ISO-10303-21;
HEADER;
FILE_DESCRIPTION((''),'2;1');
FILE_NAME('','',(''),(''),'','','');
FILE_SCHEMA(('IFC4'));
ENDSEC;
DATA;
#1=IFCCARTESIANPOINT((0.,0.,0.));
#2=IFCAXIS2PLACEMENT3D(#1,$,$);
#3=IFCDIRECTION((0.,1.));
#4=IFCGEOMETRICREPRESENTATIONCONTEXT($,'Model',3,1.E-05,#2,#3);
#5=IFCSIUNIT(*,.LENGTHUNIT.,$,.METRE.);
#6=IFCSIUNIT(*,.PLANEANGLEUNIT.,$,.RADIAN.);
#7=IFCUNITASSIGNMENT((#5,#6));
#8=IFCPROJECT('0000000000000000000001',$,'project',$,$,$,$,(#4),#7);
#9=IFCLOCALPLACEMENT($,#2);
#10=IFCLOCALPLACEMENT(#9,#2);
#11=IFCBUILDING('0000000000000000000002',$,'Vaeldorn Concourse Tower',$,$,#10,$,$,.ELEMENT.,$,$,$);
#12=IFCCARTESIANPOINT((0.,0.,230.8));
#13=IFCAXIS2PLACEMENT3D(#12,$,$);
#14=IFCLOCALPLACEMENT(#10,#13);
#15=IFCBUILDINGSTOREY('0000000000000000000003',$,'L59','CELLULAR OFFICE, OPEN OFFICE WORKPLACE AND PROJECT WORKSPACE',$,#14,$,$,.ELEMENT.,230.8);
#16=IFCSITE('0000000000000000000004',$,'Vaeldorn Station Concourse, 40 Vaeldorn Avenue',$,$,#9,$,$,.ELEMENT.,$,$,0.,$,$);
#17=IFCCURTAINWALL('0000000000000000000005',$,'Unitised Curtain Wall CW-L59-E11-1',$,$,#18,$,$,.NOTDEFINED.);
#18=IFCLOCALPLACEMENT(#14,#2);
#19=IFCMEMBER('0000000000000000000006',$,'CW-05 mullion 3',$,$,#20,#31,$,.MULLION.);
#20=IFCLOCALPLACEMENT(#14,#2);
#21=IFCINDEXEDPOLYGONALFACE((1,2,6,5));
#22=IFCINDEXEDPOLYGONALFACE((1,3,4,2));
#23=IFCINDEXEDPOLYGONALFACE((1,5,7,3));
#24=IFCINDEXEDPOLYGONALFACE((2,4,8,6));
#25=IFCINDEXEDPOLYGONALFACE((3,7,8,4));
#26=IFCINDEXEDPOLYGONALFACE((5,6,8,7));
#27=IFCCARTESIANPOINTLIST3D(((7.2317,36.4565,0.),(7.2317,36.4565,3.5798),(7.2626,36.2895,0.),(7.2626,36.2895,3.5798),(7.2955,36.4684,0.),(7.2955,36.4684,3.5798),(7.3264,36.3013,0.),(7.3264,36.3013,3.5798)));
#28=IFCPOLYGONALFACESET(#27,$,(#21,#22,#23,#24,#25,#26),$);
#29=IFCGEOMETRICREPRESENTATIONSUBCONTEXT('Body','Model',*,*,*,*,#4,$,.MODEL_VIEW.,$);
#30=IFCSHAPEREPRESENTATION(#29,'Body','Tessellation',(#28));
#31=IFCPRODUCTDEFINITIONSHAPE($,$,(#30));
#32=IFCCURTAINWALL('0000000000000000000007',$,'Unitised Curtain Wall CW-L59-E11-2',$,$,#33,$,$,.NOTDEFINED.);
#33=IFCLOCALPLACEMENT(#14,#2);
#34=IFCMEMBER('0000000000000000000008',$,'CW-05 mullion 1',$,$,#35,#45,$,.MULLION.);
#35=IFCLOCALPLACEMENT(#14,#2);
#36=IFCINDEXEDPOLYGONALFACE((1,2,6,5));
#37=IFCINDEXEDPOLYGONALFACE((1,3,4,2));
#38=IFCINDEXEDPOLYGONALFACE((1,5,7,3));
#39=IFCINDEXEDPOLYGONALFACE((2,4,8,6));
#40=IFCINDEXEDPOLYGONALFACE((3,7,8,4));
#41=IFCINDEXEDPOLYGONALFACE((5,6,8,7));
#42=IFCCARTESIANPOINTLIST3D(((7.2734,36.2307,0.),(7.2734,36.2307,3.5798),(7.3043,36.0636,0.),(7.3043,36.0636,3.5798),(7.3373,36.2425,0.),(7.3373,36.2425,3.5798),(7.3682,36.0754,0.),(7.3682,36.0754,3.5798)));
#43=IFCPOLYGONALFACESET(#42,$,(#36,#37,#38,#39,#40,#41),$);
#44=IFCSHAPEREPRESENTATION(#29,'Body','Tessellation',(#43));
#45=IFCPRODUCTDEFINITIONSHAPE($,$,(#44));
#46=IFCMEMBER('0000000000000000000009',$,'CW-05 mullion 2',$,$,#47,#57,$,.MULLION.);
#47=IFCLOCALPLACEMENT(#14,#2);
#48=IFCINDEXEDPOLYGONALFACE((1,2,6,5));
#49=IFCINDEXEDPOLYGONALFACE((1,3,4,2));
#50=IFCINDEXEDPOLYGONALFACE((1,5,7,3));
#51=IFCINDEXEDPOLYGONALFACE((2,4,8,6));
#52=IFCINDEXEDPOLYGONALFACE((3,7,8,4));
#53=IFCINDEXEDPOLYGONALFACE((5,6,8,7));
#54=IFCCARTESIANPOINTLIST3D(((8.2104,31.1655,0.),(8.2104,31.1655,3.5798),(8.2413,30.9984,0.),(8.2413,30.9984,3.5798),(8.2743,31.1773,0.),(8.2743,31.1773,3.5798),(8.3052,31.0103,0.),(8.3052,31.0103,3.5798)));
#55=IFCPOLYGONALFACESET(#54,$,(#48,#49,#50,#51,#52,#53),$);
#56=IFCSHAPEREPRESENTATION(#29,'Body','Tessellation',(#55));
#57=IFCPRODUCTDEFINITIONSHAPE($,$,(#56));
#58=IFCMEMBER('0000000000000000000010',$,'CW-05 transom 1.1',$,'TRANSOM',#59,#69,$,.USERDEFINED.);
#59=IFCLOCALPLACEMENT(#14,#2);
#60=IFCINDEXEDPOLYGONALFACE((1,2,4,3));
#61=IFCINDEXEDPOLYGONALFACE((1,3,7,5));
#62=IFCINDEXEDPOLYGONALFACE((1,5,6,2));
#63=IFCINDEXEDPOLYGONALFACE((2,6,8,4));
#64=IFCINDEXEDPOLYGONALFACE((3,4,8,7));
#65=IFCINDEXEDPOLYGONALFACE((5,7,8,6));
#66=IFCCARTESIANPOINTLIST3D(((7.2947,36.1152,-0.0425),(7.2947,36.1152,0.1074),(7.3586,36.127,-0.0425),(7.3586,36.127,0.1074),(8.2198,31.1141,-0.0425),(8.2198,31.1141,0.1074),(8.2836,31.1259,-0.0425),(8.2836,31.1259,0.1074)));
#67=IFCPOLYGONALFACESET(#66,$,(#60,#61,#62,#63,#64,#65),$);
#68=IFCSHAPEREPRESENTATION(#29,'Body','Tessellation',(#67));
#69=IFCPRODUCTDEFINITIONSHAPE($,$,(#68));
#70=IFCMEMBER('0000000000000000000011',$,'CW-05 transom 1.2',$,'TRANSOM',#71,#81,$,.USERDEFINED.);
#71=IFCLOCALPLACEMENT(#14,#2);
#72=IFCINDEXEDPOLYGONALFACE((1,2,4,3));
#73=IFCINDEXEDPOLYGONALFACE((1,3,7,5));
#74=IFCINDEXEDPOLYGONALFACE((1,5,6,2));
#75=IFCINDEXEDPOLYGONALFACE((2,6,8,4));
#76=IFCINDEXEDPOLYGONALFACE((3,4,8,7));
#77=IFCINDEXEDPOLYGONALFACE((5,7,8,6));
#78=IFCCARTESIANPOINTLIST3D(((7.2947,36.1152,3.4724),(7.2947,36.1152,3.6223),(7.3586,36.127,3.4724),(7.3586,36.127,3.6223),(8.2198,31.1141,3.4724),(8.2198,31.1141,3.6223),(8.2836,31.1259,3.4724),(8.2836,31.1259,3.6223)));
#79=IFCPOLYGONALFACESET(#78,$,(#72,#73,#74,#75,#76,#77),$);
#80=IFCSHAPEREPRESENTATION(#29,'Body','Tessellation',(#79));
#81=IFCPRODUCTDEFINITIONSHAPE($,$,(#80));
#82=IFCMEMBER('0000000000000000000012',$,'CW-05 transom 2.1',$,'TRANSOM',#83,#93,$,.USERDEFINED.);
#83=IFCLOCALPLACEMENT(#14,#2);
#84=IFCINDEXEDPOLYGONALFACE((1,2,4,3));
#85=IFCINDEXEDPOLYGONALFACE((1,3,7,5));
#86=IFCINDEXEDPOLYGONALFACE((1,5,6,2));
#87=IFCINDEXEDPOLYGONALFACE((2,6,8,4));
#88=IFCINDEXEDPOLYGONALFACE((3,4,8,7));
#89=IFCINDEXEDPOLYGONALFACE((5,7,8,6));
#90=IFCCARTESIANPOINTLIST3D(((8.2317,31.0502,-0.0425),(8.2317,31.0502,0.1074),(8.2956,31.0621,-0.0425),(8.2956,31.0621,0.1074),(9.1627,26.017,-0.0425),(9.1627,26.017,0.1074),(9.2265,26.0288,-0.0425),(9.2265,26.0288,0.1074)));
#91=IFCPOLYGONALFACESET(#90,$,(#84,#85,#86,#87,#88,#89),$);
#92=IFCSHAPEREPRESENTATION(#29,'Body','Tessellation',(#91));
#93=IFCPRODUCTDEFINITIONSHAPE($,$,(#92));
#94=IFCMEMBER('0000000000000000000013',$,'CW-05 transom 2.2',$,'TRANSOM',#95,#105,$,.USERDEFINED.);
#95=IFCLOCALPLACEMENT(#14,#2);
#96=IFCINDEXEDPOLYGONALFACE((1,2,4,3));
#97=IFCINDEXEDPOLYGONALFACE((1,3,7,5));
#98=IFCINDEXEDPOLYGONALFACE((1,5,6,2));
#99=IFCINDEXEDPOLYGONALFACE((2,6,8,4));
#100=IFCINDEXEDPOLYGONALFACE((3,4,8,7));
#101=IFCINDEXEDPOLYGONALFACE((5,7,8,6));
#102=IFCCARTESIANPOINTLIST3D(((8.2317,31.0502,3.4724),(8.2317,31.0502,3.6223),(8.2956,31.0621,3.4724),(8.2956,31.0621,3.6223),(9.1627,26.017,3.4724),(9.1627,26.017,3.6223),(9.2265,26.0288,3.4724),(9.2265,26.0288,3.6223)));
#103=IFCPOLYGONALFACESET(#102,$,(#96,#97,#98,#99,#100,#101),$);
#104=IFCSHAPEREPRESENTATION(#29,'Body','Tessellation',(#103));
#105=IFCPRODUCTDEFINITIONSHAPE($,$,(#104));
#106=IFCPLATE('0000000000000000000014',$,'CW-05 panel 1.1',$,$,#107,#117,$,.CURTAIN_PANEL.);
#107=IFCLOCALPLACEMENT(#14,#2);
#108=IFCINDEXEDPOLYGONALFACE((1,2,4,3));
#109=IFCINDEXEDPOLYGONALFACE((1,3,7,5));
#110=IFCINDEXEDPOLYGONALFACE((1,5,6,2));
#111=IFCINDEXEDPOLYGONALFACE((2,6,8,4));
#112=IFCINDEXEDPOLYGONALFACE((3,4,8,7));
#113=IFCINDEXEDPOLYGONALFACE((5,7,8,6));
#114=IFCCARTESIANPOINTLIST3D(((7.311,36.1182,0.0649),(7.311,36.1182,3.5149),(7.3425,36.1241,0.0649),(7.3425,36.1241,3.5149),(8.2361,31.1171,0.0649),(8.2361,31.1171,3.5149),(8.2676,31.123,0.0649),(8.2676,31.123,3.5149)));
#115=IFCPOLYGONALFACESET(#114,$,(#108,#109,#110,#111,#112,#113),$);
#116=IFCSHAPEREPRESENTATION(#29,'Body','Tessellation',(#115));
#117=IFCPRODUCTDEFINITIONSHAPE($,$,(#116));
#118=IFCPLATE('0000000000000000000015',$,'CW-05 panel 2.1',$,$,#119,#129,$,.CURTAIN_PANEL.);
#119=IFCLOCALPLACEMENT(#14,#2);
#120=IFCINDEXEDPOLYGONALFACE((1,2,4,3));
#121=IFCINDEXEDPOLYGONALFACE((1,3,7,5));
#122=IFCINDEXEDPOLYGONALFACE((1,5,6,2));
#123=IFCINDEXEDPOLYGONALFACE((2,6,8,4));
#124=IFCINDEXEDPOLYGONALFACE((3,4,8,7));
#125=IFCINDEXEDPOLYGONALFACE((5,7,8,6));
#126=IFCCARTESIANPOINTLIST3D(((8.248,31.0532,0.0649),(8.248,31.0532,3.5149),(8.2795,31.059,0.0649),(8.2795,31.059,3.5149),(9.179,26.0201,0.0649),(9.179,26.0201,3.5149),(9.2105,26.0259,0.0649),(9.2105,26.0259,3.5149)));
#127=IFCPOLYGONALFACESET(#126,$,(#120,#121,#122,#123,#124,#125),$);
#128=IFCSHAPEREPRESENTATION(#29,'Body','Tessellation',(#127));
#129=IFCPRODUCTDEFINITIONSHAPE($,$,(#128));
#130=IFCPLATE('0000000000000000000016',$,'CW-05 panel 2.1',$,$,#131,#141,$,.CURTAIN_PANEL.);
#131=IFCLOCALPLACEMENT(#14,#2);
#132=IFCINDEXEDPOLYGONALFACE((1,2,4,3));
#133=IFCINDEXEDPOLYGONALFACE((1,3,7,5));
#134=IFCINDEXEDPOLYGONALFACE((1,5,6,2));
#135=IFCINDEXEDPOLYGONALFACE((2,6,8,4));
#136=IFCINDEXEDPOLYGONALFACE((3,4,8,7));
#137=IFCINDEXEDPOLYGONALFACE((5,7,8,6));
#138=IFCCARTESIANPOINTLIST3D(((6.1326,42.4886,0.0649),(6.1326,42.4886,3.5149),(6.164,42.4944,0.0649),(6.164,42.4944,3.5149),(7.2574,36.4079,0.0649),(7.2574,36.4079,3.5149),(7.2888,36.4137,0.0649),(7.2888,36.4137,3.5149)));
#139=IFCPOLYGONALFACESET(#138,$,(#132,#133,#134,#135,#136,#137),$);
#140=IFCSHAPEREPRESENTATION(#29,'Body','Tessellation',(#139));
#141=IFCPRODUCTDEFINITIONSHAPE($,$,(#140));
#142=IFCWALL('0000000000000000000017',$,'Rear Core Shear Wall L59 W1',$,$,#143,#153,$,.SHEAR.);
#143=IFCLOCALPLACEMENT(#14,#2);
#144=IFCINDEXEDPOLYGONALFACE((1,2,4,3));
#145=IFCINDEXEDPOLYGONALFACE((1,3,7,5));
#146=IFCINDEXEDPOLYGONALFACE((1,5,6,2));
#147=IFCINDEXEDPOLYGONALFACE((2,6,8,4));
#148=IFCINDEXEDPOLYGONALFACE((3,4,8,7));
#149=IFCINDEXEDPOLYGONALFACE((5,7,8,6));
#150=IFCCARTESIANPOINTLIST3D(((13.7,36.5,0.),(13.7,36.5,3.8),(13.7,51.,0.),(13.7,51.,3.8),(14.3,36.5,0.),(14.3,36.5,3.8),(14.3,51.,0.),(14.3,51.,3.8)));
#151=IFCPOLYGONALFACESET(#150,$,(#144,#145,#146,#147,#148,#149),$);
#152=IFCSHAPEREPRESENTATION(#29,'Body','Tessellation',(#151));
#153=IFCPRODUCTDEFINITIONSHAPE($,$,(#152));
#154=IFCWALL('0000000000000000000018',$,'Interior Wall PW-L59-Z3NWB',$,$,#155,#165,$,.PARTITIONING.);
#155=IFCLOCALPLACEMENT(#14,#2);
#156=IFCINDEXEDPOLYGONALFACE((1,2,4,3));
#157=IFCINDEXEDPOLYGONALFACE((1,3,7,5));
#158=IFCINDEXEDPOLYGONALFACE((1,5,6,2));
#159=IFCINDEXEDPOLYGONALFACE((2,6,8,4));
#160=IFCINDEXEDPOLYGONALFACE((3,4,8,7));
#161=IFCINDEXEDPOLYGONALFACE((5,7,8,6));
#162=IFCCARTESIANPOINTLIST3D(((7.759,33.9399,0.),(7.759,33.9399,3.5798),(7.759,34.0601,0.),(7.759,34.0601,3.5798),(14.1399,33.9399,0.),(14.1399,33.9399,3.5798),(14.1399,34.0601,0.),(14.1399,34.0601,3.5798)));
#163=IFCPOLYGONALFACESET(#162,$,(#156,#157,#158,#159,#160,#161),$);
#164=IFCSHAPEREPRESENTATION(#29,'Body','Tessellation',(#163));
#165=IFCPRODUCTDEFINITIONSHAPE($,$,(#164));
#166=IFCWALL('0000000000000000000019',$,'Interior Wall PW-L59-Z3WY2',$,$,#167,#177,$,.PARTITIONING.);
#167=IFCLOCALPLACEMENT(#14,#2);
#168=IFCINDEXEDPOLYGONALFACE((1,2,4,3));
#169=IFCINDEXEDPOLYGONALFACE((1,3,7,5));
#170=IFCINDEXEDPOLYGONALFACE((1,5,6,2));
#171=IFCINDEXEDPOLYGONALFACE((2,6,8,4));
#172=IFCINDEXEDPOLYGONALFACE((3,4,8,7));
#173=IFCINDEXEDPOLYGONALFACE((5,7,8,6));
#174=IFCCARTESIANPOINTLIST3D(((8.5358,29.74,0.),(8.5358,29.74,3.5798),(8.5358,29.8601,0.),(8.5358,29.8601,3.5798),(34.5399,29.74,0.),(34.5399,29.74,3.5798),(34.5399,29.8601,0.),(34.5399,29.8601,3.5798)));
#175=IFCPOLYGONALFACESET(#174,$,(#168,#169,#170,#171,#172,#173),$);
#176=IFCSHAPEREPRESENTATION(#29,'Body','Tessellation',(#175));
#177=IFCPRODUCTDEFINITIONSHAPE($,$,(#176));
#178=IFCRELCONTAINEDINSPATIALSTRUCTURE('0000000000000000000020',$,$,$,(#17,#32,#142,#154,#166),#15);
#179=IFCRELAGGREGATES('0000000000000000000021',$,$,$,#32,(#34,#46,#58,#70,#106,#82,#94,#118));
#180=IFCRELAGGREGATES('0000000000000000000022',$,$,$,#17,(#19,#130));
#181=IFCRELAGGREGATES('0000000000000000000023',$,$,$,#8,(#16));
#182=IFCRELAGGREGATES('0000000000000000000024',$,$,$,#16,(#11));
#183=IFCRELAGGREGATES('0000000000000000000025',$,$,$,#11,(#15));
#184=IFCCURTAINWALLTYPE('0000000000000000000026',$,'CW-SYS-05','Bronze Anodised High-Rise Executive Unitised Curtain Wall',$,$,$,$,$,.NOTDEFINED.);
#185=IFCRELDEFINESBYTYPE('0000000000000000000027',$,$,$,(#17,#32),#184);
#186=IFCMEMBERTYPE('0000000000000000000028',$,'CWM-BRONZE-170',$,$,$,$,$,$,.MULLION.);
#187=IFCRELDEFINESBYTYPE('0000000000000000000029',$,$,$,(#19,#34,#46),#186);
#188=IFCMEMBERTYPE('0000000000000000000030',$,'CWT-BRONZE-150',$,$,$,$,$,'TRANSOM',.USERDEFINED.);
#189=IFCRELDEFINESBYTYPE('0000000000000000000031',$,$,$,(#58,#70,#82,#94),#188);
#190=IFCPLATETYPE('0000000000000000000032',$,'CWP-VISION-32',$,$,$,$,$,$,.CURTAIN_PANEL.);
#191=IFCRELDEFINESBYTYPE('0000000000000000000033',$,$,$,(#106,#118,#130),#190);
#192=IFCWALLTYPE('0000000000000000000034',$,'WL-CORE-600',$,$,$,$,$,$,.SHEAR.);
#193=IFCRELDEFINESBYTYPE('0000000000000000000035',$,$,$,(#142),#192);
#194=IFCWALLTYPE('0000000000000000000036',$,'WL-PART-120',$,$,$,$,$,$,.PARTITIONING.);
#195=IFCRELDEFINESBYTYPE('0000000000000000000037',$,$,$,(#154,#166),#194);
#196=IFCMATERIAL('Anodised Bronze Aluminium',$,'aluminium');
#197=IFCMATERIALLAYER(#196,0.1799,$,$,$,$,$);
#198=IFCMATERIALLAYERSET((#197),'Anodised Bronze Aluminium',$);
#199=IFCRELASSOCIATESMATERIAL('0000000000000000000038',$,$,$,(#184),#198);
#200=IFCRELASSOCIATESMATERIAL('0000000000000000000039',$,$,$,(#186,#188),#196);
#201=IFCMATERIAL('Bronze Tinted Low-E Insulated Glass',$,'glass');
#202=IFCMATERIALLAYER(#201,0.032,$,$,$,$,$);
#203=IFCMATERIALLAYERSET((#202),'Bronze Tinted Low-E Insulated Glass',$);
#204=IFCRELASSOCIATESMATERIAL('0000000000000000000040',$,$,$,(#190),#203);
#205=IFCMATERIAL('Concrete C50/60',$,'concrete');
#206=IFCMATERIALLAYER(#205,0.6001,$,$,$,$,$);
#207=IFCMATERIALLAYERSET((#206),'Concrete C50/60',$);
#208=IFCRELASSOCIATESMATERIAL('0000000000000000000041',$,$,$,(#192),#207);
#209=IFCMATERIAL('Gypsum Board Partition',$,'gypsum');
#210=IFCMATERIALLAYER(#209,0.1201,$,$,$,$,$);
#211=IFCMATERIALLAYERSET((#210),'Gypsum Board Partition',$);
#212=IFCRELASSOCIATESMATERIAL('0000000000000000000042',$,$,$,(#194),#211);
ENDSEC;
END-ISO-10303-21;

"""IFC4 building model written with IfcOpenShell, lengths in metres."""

from ifc_helpers import new_model, si_unit, direction, frame, frame_2d, origin, origin_2d, place, context, subcontext, project, spatial, rectangle, extrude, source, transform, mapped, material, layer, layer_set, material_profile, profile_set, type_object, element, aggregate, save


model = new_model("IFC4")

# Units and contexts
model_context = context("Model", 3, precision=1e-05, world=origin(), true_north=direction((0.0, 1.0)))
body_context = subcontext(model_context, "Body", "Model", "MODEL_VIEW")
ifc_project = project(units=[si_unit("LENGTHUNIT", "METRE"), si_unit("PLANEANGLEUNIT", "RADIAN")], contexts=[model_context])

# Site, building, storey
site_placement = place(None, origin())
site = spatial("IfcSite", under=ifc_project, at=site_placement, Name="Vaeldorn Station Concourse, 40 Vaeldorn Avenue", CompositionType="ELEMENT", RefElevation=0.0)
building_placement = place(site_placement, origin())
building = spatial("IfcBuilding", under=site, at=building_placement, Name="Vaeldorn Concourse Tower", CompositionType="ELEMENT")
storey_placement = place(building_placement, frame((0.0, 0.0, 230.8)))
storey = spatial("IfcBuildingStorey", under=building, at=storey_placement, Name="L59", Description="CELLULAR OFFICE, OPEN OFFICE WORKPLACE AND PROJECT WORKSPACE", CompositionType="ELEMENT", Elevation=230.8)

# Shared definitions
ifc_material_1 = material(Name="Concrete C50/60", Category="concrete")

# Curtain wall, member
ifc_material_2 = material(Name="Anodised Bronze Aluminium", Category="aluminium")
ifc_layer_1 = layer(ifc_material_2, 0.1799)
ifc_layer_set_1 = layer_set([ifc_layer_1], Name="Anodised Bronze Aluminium")
curtain_wall_type = type_object("IfcCurtainWallType", Name="CW-SYS-05", Description="Bronze Anodised High-Rise Executive Unitised Curtain Wall", PredefinedType="NOTDEFINED", material=ifc_layer_set_1)
curtain_wall_1_placement = place(storey_placement, origin())
curtain_wall_1 = element("IfcCurtainWall", 1, at=curtain_wall_1_placement, inside=storey, type_object=curtain_wall_type, Name="Unitised Curtain Wall CW-L59-E11-1", PredefinedType="NOTDEFINED")
ifc_material_profile_1 = material_profile(ifc_material_2, rectangle(XDim=0.0649, YDim=0.1699, at=origin_2d()), Name="CWM 65x170")
ifc_profile_set_1 = profile_set([ifc_material_profile_1], Name="Anodised Bronze Aluminium")
member_type_1 = type_object("IfcMemberType", Name="CWM-BRONZE-170", PredefinedType="MULLION", material=ifc_profile_set_1)
shared_shape_1 = source(origin(), body_context, "Body", "SweptSolid", [
    extrude(rectangle(XDim=0.0649, YDim=0.1699, at=origin_2d()), origin(), (0.0, 0.0, 1.0), 3.5798),
])
member_1_placement = place(storey_placement, frame((7.2791, 36.3789, 0.0), z_axis=(0.0, 0.0, 1.0), x_axis=(0.983319, 0.181888, 0.0)))
member_1 = element("IfcMember", 2, at=member_1_placement, type_object=member_type_1, Name="CW-05 mullion 3", PredefinedType="MULLION", context=body_context, shape_type="MappedRepresentation", body=[
    mapped(shared_shape_1, transform((0.0, 0.0, 0.0), scale=1.0)),
])

# Curtain wall, members, plates
curtain_wall_2_placement = place(storey_placement, origin())
curtain_wall_2 = element("IfcCurtainWall", 3, at=curtain_wall_2_placement, inside=storey, type_object=curtain_wall_type, Name="Unitised Curtain Wall CW-L59-E11-2", PredefinedType="NOTDEFINED")
member_2_placement = place(storey_placement, frame((7.3208, 36.1531, 0.0), z_axis=(0.0, 0.0, 1.0), x_axis=(0.983319, 0.18189, 0.0)))
member_2 = element("IfcMember", 4, at=member_2_placement, type_object=member_type_1, Name="CW-05 mullion 1", PredefinedType="MULLION", context=body_context, shape_type="MappedRepresentation", body=[
    mapped(shared_shape_1, transform((0.0, 0.0, 0.0), scale=1.0)),
])
member_3_placement = place(storey_placement, frame((8.2578, 31.0879, 0.0), z_axis=(0.0, 0.0, 1.0), x_axis=(0.983319, 0.18189, 0.0)))
member_3 = element("IfcMember", 5, at=member_3_placement, type_object=member_type_1, Name="CW-05 mullion 2", PredefinedType="MULLION", context=body_context, shape_type="MappedRepresentation", body=[
    mapped(shared_shape_1, transform((0.0, 0.0, 0.0), scale=1.0)),
])
ifc_material_profile_2 = material_profile(ifc_material_2, rectangle(XDim=0.0649, YDim=0.1499, at=origin_2d()), Name="CWT 65x150")
ifc_profile_set_2 = profile_set([ifc_material_profile_2], Name="Anodised Bronze Aluminium")
member_type_2 = type_object("IfcMemberType", Name="CWT-BRONZE-150", ElementType="TRANSOM", PredefinedType="USERDEFINED", material=ifc_profile_set_2)
shared_shape_2 = source(origin(), body_context, "Body", "SweptSolid", [
    extrude(rectangle(XDim=0.0649, YDim=0.1499, at=origin_2d()), origin(), (0.0, 0.0, 1.0), 5.0859),
])
member_4_placement = place(storey_placement, frame((7.3267, 36.1211, 0.0325), z_axis=(0.18188, -0.983321, 0.0), x_axis=(0.983321, 0.18188, 0.0)))
member_4 = element("IfcMember", 6, at=member_4_placement, type_object=member_type_2, Name="CW-05 transom 1.1", ObjectType="TRANSOM", PredefinedType="USERDEFINED", context=body_context, shape_type="MappedRepresentation", body=[
    mapped(shared_shape_2, transform((0.0, 0.0, 0.0), scale=1.0)),
])
member_5_placement = place(storey_placement, frame((7.3267, 36.1211, 3.5474), z_axis=(0.18188, -0.983321, 0.0), x_axis=(0.983321, 0.18188, 0.0)))
member_5 = element("IfcMember", 7, at=member_5_placement, type_object=member_type_2, Name="CW-05 transom 1.2", ObjectType="TRANSOM", PredefinedType="USERDEFINED", context=body_context, shape_type="MappedRepresentation", body=[
    mapped(shared_shape_2, transform((0.0, 0.0, 0.0), scale=1.0)),
])
shared_shape_3 = source(origin(), body_context, "Body", "SweptSolid", [
    extrude(rectangle(XDim=0.0649, YDim=0.1499, at=origin_2d()), origin(), (0.0, 0.0, 1.0), 5.1187),
])
member_6_placement = place(storey_placement, frame((8.2637, 31.0562, 0.0325), z_axis=(0.181869, -0.983323, 0.0), x_axis=(0.983323, 0.181869, 0.0)))
member_6 = element("IfcMember", 8, at=member_6_placement, type_object=member_type_2, Name="CW-05 transom 2.1", ObjectType="TRANSOM", PredefinedType="USERDEFINED", context=body_context, shape_type="MappedRepresentation", body=[
    mapped(shared_shape_3, transform((0.0, 0.0, 0.0), scale=1.0)),
])
member_7_placement = place(storey_placement, frame((8.2637, 31.0562, 3.5474), z_axis=(0.181869, -0.983323, 0.0), x_axis=(0.983323, 0.181869, 0.0)))
member_7 = element("IfcMember", 9, at=member_7_placement, type_object=member_type_2, Name="CW-05 transom 2.2", ObjectType="TRANSOM", PredefinedType="USERDEFINED", context=body_context, shape_type="MappedRepresentation", body=[
    mapped(shared_shape_3, transform((0.0, 0.0, 0.0), scale=1.0)),
])
ifc_material_3 = material(Name="Bronze Tinted Low-E Insulated Glass", Category="glass")
ifc_layer_2 = layer(ifc_material_3, 0.032)
ifc_layer_set_2 = layer_set([ifc_layer_2], Name="Bronze Tinted Low-E Insulated Glass")
plate_type = type_object("IfcPlateType", Name="CWP-VISION-32", PredefinedType="CURTAIN_PANEL", material=ifc_layer_set_2)
shared_shape_4 = source(origin(), body_context, "Body", "SweptSolid", [
    extrude(rectangle(XDim=5.0859, YDim=0.032, at=origin_2d()), origin(), (0.0, 0.0, 1.0), 3.45),
])
plate_1_placement = place(storey_placement, frame((7.7893, 33.6206, 0.0649), z_axis=(0.0, 0.0, 1.0), x_axis=(0.18189, -0.983319, 0.0)))
plate_1 = element("IfcPlate", 10, at=plate_1_placement, type_object=plate_type, Name="CW-05 panel 1.1", PredefinedType="CURTAIN_PANEL", context=body_context, shape_type="MappedRepresentation", body=[
    mapped(shared_shape_4, transform((0.0, 0.0, 0.0), scale=1.0)),
])
shared_shape_5 = source(origin(), body_context, "Body", "SweptSolid", [
    extrude(rectangle(XDim=5.1184, YDim=0.032, at=origin_2d()), origin(), (0.0, 0.0, 1.0), 3.45),
])
plate_2_placement = place(storey_placement, frame((8.7292, 28.5396, 0.0649), z_axis=(0.0, 0.0, 1.0), x_axis=(0.18189, -0.983319, 0.0)))
plate_2 = element("IfcPlate", 11, at=plate_2_placement, type_object=plate_type, Name="CW-05 panel 2.1", PredefinedType="CURTAIN_PANEL", context=body_context, shape_type="MappedRepresentation", body=[
    mapped(shared_shape_5, transform((0.0, 0.0, 0.0), scale=1.0)),
])
aggregate(curtain_wall_2, [member_2, member_3, member_4, member_5, plate_1, member_6, member_7, plate_2])

# Plate
shared_shape_6 = source(origin(), body_context, "Body", "SweptSolid", [
    extrude(rectangle(XDim=6.1838, YDim=0.032, at=origin_2d()), origin(), (0.0, 0.0, 1.0), 3.45),
])
plate_3_placement = place(storey_placement, frame((6.7107, 39.4512, 0.0649), z_axis=(0.0, 0.0, 1.0), x_axis=(0.181888, -0.983319, 0.0)))
plate_3 = element("IfcPlate", 12, at=plate_3_placement, type_object=plate_type, Name="CW-05 panel 2.1", PredefinedType="CURTAIN_PANEL", context=body_context, shape_type="MappedRepresentation", body=[
    mapped(shared_shape_6, transform((0.0, 0.0, 0.0), scale=1.0)),
])
aggregate(curtain_wall_1, [member_1, plate_3])

# Walls
ifc_layer_3 = layer(ifc_material_1, 0.6001)
ifc_layer_set_3 = layer_set([ifc_layer_3], Name="Concrete C50/60")
wall_type_1 = type_object("IfcWallType", Name="WL-CORE-600", PredefinedType="SHEAR", material=ifc_layer_set_3)
wall_1_placement = place(storey_placement, frame((14.0, 36.5, 0.0), z_axis=(0.0, 0.0, 1.0), x_axis=(0.0, 1.0, 0.0)))
element("IfcWall", 13, at=wall_1_placement, inside=storey, type_object=wall_type_1, Name="Rear Core Shear Wall L59 W1", PredefinedType="SHEAR", context=body_context, shape_type="SweptSolid", body=[
    extrude(rectangle(XDim=14.5, YDim=0.6001, at=frame_2d((7.25, 0.0))), origin(), (0.0, 0.0, 1.0), 3.8),
])
ifc_material_4 = material(Name="Gypsum Board Partition", Category="gypsum")
ifc_layer_4 = layer(ifc_material_4, 0.1201)
ifc_layer_set_4 = layer_set([ifc_layer_4], Name="Gypsum Board Partition")
wall_type_2 = type_object("IfcWallType", Name="WL-PART-120", PredefinedType="PARTITIONING", material=ifc_layer_set_4)
wall_2_placement = place(storey_placement, frame((7.759, 34.0, 0.0), z_axis=(0.0, 0.0, 1.0), x_axis=(1.0, 0.0, 0.0)))
element("IfcWall", 14, at=wall_2_placement, inside=storey, type_object=wall_type_2, Name="Interior Wall PW-L59-Z3NWB", PredefinedType="PARTITIONING", context=body_context, shape_type="SweptSolid", body=[
    extrude(rectangle(XDim=6.3809, YDim=0.1201, at=frame_2d((3.1904, 0.0))), origin(), (0.0, 0.0, 1.0), 3.5798),
])
wall_3_placement = place(storey_placement, frame((8.5359, 29.8, 0.0), z_axis=(0.0, 0.0, 1.0), x_axis=(1.0, 0.0, 0.0)))
element("IfcWall", 15, at=wall_3_placement, inside=storey, type_object=wall_type_2, Name="Interior Wall PW-L59-Z3WY2", PredefinedType="PARTITIONING", context=body_context, shape_type="SweptSolid", body=[
    extrude(rectangle(XDim=26.0042, YDim=0.1201, at=frame_2d((13.002, 0.0))), origin(), (0.0, 0.0, 1.0), 3.5798),
])

save(model, "model.ifc")
